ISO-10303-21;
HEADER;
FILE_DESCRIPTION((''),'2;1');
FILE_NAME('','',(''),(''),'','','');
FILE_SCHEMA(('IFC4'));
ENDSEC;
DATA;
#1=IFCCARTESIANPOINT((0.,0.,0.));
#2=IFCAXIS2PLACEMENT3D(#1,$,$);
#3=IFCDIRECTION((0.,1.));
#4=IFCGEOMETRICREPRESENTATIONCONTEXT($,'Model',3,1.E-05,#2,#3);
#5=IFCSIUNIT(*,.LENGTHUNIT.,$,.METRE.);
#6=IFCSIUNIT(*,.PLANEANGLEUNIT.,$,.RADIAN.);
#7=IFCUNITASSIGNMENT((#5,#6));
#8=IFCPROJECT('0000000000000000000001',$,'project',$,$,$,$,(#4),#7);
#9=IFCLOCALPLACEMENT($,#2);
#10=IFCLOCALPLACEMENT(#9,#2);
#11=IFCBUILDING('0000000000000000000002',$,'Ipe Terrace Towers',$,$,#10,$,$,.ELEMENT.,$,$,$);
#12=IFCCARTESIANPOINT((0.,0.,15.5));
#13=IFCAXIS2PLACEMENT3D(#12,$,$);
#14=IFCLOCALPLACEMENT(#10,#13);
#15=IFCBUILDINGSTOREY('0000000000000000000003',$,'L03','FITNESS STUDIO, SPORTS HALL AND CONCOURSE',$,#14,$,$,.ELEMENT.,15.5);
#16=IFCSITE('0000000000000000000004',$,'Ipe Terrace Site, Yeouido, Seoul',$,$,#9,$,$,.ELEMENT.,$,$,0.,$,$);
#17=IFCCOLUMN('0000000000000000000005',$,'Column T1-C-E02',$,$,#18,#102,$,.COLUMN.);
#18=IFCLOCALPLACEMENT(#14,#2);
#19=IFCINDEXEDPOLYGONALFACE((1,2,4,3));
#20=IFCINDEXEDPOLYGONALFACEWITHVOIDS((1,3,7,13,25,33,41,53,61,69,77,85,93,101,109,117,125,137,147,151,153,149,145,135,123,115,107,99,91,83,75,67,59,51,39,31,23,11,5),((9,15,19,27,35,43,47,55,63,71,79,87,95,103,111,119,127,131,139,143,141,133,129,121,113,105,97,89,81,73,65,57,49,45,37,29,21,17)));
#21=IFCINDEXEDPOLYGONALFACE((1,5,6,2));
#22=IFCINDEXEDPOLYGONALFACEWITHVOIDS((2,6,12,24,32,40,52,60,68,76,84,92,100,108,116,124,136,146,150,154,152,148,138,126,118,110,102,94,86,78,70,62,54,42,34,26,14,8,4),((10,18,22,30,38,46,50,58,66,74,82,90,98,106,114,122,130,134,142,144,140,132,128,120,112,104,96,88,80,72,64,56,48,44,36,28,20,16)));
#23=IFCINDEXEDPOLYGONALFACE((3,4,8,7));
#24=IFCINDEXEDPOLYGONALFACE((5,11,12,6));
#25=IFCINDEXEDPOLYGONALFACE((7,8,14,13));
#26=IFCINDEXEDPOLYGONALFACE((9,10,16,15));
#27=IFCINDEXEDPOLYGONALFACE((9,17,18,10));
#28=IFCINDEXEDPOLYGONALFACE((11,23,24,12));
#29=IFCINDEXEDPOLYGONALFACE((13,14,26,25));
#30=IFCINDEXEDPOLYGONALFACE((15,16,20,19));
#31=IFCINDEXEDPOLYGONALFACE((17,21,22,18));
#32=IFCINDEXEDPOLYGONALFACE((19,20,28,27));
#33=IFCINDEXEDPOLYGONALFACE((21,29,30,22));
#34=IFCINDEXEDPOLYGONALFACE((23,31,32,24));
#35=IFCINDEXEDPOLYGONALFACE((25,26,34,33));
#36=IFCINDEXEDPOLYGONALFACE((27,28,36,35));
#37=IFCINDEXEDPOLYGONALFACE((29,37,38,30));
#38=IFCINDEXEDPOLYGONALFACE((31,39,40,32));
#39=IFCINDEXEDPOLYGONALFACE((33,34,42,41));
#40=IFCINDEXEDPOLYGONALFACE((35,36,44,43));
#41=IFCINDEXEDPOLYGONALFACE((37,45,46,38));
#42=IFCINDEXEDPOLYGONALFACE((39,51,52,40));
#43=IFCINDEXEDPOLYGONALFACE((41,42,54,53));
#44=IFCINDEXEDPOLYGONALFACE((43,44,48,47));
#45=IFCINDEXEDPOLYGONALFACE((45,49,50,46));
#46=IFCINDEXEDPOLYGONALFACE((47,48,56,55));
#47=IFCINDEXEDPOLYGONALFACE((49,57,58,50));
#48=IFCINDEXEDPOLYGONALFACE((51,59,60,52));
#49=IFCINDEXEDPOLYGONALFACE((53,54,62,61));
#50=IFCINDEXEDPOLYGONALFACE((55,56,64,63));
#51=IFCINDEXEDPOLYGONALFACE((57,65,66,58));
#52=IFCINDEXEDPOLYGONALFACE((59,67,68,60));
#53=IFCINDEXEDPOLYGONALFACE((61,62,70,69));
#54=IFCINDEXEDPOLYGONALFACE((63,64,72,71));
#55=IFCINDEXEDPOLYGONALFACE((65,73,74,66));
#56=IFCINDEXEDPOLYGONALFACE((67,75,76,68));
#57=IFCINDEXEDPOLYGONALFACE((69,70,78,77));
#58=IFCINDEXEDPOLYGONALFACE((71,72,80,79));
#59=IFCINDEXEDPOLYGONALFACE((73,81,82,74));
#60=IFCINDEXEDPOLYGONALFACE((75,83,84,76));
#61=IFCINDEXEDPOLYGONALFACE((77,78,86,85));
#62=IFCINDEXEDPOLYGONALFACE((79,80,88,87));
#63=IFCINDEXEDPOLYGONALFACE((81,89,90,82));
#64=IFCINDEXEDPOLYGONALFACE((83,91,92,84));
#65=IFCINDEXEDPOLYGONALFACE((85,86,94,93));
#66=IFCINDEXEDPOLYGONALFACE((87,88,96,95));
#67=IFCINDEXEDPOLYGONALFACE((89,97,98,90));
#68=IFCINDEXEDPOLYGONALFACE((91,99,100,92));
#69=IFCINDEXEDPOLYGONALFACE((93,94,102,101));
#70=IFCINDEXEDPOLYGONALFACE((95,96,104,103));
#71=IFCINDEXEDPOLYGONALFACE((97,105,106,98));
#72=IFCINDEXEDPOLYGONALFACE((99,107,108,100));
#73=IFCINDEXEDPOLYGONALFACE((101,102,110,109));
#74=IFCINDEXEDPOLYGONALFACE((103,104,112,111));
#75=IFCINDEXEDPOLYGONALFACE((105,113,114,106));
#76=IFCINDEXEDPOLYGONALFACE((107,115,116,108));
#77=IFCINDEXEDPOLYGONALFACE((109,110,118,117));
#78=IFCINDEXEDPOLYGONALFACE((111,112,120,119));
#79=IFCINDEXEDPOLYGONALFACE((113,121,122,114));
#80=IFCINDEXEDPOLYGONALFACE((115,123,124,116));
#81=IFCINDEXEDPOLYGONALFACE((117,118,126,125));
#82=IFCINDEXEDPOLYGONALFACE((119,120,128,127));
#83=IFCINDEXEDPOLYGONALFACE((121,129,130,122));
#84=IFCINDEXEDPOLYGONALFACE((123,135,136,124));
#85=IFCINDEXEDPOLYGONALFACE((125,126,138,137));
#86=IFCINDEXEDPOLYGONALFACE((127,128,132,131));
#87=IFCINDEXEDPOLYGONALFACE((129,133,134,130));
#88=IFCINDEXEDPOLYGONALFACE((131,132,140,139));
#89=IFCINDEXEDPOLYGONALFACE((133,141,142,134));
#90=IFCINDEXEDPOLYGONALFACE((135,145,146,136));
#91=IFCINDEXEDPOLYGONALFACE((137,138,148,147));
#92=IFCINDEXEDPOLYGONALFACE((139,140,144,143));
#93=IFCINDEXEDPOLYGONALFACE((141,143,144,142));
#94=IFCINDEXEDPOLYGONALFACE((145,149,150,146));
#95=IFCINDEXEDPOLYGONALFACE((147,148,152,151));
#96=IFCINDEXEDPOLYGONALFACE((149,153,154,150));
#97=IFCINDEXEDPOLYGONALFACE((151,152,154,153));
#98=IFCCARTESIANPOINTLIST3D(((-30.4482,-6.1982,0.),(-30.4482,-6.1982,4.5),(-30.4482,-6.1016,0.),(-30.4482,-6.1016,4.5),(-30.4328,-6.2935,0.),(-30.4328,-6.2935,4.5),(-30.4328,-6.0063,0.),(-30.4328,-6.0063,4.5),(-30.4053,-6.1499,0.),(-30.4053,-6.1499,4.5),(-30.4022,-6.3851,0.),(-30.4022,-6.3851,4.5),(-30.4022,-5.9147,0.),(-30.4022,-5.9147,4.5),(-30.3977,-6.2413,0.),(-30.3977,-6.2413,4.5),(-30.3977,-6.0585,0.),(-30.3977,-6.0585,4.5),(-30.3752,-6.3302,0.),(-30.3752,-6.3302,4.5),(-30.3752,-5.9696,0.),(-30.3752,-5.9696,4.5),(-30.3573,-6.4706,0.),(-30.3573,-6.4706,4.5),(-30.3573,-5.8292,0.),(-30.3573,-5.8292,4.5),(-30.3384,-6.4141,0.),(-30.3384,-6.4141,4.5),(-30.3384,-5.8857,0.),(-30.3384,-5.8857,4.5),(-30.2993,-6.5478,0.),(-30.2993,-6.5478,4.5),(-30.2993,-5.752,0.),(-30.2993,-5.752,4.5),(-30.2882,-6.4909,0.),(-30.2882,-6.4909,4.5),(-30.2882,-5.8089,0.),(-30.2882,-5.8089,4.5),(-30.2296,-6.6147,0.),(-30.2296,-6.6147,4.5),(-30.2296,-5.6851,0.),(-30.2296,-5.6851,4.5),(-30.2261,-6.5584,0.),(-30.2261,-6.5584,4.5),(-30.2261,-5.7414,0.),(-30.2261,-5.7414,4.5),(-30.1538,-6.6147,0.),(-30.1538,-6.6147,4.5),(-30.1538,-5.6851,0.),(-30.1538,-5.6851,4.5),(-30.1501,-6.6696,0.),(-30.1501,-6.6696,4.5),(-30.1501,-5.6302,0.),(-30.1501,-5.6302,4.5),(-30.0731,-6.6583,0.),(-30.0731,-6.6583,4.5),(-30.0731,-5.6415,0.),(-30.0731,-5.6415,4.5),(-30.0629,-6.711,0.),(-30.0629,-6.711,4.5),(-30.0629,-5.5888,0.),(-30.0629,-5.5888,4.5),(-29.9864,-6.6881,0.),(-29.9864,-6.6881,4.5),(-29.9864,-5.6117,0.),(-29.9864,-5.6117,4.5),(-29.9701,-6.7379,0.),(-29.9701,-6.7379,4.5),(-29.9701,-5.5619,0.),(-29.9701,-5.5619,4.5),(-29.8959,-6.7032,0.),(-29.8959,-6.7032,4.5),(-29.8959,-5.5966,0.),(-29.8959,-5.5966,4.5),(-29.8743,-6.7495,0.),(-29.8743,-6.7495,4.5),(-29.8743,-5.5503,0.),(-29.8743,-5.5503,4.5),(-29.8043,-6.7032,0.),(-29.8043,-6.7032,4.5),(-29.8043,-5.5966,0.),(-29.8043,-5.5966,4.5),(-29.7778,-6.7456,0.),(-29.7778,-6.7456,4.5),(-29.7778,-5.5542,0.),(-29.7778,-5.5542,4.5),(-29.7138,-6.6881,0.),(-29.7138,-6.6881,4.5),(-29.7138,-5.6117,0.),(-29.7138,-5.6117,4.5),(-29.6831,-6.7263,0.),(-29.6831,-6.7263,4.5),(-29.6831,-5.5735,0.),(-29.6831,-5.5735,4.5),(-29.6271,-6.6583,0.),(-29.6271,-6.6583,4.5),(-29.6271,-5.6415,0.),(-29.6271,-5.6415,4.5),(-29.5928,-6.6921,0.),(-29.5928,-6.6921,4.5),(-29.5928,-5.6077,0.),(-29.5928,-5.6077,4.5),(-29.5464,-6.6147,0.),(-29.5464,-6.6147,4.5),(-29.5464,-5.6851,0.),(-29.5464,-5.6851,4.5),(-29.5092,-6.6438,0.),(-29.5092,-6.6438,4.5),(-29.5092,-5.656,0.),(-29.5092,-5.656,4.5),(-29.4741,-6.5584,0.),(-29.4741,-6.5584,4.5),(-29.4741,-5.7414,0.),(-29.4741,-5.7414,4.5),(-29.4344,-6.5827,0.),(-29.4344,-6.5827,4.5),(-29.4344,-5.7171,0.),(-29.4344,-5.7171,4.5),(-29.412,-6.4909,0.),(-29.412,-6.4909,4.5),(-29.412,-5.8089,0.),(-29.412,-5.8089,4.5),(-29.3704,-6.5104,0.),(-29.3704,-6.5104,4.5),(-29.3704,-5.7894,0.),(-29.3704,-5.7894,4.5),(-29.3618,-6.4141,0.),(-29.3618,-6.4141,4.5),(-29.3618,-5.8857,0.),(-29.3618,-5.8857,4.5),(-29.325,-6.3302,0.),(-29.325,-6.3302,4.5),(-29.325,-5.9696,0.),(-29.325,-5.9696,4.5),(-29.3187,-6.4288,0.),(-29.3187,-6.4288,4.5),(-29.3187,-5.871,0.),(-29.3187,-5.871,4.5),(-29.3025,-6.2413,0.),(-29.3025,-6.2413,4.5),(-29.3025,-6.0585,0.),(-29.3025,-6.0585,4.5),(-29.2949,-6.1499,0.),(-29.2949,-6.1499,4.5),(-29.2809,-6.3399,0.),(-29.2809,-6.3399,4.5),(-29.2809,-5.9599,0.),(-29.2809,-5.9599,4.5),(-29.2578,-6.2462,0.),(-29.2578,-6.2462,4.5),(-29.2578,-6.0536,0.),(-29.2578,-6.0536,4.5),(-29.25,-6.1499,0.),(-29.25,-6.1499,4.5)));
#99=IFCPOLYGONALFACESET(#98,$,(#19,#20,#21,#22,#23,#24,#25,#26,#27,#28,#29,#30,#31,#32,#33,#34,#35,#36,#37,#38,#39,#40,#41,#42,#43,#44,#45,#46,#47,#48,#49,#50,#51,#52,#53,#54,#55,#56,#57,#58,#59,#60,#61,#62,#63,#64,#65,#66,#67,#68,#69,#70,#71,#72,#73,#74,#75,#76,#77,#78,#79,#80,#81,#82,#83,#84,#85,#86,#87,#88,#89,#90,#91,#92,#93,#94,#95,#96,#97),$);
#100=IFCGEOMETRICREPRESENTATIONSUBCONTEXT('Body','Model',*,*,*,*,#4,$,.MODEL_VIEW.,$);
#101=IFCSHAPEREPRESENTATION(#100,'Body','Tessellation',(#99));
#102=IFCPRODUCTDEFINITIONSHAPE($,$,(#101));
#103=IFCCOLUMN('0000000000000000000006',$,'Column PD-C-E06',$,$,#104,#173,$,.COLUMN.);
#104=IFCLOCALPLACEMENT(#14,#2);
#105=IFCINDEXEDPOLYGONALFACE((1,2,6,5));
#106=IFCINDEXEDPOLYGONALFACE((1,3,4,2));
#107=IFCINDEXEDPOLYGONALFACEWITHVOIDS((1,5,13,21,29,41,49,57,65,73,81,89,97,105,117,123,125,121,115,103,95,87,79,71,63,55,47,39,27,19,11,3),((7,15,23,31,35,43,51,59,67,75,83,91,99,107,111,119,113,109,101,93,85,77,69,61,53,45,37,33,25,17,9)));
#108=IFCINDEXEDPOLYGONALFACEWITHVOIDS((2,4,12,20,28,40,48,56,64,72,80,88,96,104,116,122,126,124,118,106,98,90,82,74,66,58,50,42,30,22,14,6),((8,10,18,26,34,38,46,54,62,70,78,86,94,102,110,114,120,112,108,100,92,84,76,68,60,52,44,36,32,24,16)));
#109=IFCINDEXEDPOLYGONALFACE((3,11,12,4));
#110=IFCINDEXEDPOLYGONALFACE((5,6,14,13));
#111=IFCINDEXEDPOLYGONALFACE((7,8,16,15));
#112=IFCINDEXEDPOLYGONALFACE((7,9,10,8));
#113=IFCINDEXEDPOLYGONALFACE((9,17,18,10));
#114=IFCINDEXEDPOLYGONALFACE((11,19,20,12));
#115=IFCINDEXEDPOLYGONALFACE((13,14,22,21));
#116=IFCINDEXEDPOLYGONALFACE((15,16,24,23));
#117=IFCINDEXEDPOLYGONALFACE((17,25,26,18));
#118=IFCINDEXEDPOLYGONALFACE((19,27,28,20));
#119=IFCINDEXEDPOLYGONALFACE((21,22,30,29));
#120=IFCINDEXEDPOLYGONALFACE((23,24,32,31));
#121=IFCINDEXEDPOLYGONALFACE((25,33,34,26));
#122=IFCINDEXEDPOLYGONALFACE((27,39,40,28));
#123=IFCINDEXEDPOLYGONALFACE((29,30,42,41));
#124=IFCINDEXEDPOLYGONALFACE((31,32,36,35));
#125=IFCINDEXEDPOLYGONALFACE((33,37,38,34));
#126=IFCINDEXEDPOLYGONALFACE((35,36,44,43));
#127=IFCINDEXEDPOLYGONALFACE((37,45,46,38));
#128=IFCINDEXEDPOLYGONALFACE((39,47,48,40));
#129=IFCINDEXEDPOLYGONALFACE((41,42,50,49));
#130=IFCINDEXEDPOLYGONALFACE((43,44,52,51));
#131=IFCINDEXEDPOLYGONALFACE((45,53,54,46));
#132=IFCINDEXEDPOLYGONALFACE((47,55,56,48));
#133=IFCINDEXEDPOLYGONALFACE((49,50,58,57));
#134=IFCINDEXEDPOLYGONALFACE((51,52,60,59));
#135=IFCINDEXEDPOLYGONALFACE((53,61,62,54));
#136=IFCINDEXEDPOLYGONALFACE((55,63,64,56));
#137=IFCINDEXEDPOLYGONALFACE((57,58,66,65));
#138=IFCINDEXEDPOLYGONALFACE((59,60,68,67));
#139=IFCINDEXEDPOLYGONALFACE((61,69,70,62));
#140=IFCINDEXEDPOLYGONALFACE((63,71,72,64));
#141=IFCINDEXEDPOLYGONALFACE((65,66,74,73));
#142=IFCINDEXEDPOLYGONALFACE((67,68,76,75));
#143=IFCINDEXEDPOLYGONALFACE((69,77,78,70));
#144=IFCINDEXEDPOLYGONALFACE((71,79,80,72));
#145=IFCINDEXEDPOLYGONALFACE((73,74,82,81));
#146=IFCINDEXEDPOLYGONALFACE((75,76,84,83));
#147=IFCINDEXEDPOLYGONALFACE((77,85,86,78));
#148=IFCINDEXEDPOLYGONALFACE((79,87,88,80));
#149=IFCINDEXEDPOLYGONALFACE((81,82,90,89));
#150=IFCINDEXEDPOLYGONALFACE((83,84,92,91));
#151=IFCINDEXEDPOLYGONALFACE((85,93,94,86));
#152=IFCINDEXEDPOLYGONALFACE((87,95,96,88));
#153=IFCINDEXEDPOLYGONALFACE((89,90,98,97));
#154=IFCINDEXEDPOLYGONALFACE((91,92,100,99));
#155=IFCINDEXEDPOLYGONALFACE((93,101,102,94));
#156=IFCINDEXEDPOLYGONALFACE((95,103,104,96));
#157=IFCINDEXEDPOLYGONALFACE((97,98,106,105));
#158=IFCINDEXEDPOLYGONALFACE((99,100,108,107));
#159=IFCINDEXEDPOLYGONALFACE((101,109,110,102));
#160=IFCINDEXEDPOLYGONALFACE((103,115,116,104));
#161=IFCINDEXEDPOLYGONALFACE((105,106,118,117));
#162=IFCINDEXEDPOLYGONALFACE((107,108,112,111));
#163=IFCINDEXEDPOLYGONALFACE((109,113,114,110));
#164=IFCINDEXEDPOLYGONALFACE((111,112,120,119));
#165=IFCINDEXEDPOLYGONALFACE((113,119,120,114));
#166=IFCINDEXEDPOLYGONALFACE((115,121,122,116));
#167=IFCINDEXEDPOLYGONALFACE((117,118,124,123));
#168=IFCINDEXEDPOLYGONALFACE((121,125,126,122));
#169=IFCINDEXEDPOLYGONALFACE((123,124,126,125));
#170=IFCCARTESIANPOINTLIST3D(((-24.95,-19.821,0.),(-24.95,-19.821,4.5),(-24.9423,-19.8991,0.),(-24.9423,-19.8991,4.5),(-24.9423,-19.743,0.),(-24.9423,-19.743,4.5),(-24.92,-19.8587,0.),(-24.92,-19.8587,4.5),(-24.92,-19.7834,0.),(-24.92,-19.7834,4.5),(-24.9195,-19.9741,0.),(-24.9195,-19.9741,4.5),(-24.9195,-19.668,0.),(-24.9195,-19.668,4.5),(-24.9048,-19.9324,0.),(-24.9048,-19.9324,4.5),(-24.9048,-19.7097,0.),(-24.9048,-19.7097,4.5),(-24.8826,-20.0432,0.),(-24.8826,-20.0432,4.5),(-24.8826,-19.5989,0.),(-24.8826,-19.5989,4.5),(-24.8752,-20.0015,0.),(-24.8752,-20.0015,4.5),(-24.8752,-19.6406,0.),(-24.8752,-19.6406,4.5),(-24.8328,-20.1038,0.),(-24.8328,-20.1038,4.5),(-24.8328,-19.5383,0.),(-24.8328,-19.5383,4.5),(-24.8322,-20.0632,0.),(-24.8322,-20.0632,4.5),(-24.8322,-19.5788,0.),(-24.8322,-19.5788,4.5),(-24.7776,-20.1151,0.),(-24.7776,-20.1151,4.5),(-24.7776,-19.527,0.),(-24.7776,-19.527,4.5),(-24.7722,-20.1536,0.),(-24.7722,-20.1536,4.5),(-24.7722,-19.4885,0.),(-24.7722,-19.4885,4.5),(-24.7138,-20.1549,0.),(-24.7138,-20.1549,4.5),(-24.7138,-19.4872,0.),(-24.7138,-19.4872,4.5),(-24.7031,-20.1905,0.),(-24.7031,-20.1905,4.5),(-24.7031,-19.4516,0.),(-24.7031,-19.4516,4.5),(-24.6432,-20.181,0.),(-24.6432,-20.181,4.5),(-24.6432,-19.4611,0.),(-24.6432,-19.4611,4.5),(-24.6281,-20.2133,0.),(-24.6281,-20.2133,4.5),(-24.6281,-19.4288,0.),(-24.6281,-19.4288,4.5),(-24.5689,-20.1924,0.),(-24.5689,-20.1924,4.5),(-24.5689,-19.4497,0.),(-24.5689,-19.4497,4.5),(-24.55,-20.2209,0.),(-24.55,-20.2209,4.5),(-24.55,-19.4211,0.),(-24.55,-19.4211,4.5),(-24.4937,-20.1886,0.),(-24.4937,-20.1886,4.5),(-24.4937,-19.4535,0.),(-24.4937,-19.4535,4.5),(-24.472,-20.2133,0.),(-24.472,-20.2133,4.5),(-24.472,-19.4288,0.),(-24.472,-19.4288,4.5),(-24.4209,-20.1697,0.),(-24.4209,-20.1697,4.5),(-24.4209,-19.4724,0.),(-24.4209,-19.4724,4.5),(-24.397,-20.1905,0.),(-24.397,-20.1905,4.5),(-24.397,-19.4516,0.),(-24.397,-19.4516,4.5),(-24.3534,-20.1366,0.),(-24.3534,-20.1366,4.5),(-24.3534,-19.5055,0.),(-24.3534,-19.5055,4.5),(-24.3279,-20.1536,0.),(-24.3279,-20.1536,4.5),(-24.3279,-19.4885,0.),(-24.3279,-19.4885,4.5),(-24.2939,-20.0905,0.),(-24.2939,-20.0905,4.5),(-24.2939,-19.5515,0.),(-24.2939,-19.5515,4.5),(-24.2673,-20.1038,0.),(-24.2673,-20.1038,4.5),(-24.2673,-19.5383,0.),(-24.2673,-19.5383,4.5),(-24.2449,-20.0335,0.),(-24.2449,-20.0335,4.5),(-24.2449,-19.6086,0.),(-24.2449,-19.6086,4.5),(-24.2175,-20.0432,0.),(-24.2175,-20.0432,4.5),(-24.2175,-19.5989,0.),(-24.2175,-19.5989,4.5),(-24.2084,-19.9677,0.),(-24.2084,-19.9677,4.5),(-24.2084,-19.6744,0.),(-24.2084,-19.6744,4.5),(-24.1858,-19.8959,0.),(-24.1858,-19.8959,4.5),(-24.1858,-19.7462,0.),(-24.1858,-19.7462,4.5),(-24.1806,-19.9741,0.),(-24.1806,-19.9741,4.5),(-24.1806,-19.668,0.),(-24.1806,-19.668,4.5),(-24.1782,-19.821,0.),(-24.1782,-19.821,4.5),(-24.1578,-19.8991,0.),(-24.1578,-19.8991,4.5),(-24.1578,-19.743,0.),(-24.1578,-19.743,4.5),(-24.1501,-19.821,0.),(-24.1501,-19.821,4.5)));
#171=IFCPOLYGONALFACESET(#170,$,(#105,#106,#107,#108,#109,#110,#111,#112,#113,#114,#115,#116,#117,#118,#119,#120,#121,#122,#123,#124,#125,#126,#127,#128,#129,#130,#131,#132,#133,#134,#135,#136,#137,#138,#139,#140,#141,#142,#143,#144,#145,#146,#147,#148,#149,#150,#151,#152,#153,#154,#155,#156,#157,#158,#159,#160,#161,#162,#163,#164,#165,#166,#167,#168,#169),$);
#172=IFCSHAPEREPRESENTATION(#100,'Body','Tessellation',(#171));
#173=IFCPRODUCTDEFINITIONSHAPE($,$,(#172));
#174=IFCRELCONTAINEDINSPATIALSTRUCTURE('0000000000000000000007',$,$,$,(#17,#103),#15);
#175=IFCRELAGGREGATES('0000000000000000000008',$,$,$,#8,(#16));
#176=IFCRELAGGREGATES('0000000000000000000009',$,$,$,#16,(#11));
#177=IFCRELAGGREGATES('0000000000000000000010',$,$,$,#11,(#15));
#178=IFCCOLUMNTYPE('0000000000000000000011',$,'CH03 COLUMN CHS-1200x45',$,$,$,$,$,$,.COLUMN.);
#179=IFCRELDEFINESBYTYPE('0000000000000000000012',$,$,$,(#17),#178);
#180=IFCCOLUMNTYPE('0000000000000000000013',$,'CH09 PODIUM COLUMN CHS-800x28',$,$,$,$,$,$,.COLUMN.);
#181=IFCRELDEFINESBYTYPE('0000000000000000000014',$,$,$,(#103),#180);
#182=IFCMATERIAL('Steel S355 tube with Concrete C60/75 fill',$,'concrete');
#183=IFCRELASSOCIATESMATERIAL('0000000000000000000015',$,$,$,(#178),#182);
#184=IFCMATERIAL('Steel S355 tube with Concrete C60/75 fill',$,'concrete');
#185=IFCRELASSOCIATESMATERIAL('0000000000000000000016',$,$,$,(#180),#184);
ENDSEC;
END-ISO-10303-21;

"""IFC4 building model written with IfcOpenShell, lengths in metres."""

from ifc_helpers import new_model, si_unit, direction, frame, origin, origin_2d, place, context, subcontext, project, spatial, hollow_circle, extrude, material, material_profile, profile_set, type_object, element, save


model = new_model("IFC4")

# Units and contexts
model_context = context("Model", 3, precision=1e-05, world=origin(), true_north=direction((0.0, 1.0)))
body_context = subcontext(model_context, "Body", "Model", "MODEL_VIEW")
ifc_project = project(units=[si_unit("LENGTHUNIT", "METRE"), si_unit("PLANEANGLEUNIT", "RADIAN")], contexts=[model_context])

# Site, building, storey
site_placement = place(None, origin())
site = spatial("IfcSite", under=ifc_project, at=site_placement, Name="Ipe Terrace Site, Yeouido, Seoul", CompositionType="ELEMENT", RefElevation=0.0)
building_placement = place(site_placement, origin())
building = spatial("IfcBuilding", under=site, at=building_placement, Name="Ipe Terrace Towers", CompositionType="ELEMENT")
storey_placement = place(building_placement, frame((0.0, 0.0, 15.5)))
storey = spatial("IfcBuildingStorey", under=building, at=storey_placement, Name="L03", Description="FITNESS STUDIO, SPORTS HALL AND CONCOURSE", CompositionType="ELEMENT", Elevation=15.5)

# Columns
ifc_material_1 = material(Name="Steel S355 tube with Concrete C60/75 fill", Category="concrete")
ifc_material_profile_1 = material_profile(ifc_material_1, hollow_circle(Radius=0.6001, WallThickness=0.0449, at=origin_2d()), Name="CHS-1200x45")
ifc_profile_set_1 = profile_set([ifc_material_profile_1], Name="Steel S355 tube with Concrete C60/75 fill")
column_type_1 = type_object("IfcColumnType", Name="CH03 COLUMN CHS-1200x45", PredefinedType="COLUMN", material=ifc_profile_set_1)
column_1_placement = place(storey_placement, frame((-29.8501, -6.1499, 0.0), z_axis=(0.0, 0.0, 1.0), x_axis=(1.0, 0.0, 0.0)))
element("IfcColumn", 1, at=column_1_placement, inside=storey, type_object=column_type_1, Name="Column T1-C-E02", PredefinedType="COLUMN", context=body_context, shape_type="SweptSolid", body=[
    extrude(hollow_circle(Radius=0.6001, WallThickness=0.0449, at=origin_2d()), origin(), (0.0, 0.0, 1.0), 4.5),
])
ifc_material_2 = material(Name="Steel S355 tube with Concrete C60/75 fill", Category="concrete")
ifc_material_profile_2 = material_profile(ifc_material_2, hollow_circle(Radius=0.3999, WallThickness=0.0281, at=origin_2d()), Name="CHS-800x28")
ifc_profile_set_2 = profile_set([ifc_material_profile_2], Name="Steel S355 tube with Concrete C60/75 fill")
column_type_2 = type_object("IfcColumnType", Name="CH09 PODIUM COLUMN CHS-800x28", PredefinedType="COLUMN", material=ifc_profile_set_2)
column_2_placement = place(storey_placement, frame((-24.55, -19.821, 0.0), z_axis=(0.0, 0.0, 1.0), x_axis=(1.0, 0.0, 0.0)))
element("IfcColumn", 2, at=column_2_placement, inside=storey, type_object=column_type_2, Name="Column PD-C-E06", PredefinedType="COLUMN", context=body_context, shape_type="SweptSolid", body=[
    extrude(hollow_circle(Radius=0.3999, WallThickness=0.0281, at=origin_2d()), origin(), (0.0, 0.0, 1.0), 4.5),
])

save(model, "model.ifc")
